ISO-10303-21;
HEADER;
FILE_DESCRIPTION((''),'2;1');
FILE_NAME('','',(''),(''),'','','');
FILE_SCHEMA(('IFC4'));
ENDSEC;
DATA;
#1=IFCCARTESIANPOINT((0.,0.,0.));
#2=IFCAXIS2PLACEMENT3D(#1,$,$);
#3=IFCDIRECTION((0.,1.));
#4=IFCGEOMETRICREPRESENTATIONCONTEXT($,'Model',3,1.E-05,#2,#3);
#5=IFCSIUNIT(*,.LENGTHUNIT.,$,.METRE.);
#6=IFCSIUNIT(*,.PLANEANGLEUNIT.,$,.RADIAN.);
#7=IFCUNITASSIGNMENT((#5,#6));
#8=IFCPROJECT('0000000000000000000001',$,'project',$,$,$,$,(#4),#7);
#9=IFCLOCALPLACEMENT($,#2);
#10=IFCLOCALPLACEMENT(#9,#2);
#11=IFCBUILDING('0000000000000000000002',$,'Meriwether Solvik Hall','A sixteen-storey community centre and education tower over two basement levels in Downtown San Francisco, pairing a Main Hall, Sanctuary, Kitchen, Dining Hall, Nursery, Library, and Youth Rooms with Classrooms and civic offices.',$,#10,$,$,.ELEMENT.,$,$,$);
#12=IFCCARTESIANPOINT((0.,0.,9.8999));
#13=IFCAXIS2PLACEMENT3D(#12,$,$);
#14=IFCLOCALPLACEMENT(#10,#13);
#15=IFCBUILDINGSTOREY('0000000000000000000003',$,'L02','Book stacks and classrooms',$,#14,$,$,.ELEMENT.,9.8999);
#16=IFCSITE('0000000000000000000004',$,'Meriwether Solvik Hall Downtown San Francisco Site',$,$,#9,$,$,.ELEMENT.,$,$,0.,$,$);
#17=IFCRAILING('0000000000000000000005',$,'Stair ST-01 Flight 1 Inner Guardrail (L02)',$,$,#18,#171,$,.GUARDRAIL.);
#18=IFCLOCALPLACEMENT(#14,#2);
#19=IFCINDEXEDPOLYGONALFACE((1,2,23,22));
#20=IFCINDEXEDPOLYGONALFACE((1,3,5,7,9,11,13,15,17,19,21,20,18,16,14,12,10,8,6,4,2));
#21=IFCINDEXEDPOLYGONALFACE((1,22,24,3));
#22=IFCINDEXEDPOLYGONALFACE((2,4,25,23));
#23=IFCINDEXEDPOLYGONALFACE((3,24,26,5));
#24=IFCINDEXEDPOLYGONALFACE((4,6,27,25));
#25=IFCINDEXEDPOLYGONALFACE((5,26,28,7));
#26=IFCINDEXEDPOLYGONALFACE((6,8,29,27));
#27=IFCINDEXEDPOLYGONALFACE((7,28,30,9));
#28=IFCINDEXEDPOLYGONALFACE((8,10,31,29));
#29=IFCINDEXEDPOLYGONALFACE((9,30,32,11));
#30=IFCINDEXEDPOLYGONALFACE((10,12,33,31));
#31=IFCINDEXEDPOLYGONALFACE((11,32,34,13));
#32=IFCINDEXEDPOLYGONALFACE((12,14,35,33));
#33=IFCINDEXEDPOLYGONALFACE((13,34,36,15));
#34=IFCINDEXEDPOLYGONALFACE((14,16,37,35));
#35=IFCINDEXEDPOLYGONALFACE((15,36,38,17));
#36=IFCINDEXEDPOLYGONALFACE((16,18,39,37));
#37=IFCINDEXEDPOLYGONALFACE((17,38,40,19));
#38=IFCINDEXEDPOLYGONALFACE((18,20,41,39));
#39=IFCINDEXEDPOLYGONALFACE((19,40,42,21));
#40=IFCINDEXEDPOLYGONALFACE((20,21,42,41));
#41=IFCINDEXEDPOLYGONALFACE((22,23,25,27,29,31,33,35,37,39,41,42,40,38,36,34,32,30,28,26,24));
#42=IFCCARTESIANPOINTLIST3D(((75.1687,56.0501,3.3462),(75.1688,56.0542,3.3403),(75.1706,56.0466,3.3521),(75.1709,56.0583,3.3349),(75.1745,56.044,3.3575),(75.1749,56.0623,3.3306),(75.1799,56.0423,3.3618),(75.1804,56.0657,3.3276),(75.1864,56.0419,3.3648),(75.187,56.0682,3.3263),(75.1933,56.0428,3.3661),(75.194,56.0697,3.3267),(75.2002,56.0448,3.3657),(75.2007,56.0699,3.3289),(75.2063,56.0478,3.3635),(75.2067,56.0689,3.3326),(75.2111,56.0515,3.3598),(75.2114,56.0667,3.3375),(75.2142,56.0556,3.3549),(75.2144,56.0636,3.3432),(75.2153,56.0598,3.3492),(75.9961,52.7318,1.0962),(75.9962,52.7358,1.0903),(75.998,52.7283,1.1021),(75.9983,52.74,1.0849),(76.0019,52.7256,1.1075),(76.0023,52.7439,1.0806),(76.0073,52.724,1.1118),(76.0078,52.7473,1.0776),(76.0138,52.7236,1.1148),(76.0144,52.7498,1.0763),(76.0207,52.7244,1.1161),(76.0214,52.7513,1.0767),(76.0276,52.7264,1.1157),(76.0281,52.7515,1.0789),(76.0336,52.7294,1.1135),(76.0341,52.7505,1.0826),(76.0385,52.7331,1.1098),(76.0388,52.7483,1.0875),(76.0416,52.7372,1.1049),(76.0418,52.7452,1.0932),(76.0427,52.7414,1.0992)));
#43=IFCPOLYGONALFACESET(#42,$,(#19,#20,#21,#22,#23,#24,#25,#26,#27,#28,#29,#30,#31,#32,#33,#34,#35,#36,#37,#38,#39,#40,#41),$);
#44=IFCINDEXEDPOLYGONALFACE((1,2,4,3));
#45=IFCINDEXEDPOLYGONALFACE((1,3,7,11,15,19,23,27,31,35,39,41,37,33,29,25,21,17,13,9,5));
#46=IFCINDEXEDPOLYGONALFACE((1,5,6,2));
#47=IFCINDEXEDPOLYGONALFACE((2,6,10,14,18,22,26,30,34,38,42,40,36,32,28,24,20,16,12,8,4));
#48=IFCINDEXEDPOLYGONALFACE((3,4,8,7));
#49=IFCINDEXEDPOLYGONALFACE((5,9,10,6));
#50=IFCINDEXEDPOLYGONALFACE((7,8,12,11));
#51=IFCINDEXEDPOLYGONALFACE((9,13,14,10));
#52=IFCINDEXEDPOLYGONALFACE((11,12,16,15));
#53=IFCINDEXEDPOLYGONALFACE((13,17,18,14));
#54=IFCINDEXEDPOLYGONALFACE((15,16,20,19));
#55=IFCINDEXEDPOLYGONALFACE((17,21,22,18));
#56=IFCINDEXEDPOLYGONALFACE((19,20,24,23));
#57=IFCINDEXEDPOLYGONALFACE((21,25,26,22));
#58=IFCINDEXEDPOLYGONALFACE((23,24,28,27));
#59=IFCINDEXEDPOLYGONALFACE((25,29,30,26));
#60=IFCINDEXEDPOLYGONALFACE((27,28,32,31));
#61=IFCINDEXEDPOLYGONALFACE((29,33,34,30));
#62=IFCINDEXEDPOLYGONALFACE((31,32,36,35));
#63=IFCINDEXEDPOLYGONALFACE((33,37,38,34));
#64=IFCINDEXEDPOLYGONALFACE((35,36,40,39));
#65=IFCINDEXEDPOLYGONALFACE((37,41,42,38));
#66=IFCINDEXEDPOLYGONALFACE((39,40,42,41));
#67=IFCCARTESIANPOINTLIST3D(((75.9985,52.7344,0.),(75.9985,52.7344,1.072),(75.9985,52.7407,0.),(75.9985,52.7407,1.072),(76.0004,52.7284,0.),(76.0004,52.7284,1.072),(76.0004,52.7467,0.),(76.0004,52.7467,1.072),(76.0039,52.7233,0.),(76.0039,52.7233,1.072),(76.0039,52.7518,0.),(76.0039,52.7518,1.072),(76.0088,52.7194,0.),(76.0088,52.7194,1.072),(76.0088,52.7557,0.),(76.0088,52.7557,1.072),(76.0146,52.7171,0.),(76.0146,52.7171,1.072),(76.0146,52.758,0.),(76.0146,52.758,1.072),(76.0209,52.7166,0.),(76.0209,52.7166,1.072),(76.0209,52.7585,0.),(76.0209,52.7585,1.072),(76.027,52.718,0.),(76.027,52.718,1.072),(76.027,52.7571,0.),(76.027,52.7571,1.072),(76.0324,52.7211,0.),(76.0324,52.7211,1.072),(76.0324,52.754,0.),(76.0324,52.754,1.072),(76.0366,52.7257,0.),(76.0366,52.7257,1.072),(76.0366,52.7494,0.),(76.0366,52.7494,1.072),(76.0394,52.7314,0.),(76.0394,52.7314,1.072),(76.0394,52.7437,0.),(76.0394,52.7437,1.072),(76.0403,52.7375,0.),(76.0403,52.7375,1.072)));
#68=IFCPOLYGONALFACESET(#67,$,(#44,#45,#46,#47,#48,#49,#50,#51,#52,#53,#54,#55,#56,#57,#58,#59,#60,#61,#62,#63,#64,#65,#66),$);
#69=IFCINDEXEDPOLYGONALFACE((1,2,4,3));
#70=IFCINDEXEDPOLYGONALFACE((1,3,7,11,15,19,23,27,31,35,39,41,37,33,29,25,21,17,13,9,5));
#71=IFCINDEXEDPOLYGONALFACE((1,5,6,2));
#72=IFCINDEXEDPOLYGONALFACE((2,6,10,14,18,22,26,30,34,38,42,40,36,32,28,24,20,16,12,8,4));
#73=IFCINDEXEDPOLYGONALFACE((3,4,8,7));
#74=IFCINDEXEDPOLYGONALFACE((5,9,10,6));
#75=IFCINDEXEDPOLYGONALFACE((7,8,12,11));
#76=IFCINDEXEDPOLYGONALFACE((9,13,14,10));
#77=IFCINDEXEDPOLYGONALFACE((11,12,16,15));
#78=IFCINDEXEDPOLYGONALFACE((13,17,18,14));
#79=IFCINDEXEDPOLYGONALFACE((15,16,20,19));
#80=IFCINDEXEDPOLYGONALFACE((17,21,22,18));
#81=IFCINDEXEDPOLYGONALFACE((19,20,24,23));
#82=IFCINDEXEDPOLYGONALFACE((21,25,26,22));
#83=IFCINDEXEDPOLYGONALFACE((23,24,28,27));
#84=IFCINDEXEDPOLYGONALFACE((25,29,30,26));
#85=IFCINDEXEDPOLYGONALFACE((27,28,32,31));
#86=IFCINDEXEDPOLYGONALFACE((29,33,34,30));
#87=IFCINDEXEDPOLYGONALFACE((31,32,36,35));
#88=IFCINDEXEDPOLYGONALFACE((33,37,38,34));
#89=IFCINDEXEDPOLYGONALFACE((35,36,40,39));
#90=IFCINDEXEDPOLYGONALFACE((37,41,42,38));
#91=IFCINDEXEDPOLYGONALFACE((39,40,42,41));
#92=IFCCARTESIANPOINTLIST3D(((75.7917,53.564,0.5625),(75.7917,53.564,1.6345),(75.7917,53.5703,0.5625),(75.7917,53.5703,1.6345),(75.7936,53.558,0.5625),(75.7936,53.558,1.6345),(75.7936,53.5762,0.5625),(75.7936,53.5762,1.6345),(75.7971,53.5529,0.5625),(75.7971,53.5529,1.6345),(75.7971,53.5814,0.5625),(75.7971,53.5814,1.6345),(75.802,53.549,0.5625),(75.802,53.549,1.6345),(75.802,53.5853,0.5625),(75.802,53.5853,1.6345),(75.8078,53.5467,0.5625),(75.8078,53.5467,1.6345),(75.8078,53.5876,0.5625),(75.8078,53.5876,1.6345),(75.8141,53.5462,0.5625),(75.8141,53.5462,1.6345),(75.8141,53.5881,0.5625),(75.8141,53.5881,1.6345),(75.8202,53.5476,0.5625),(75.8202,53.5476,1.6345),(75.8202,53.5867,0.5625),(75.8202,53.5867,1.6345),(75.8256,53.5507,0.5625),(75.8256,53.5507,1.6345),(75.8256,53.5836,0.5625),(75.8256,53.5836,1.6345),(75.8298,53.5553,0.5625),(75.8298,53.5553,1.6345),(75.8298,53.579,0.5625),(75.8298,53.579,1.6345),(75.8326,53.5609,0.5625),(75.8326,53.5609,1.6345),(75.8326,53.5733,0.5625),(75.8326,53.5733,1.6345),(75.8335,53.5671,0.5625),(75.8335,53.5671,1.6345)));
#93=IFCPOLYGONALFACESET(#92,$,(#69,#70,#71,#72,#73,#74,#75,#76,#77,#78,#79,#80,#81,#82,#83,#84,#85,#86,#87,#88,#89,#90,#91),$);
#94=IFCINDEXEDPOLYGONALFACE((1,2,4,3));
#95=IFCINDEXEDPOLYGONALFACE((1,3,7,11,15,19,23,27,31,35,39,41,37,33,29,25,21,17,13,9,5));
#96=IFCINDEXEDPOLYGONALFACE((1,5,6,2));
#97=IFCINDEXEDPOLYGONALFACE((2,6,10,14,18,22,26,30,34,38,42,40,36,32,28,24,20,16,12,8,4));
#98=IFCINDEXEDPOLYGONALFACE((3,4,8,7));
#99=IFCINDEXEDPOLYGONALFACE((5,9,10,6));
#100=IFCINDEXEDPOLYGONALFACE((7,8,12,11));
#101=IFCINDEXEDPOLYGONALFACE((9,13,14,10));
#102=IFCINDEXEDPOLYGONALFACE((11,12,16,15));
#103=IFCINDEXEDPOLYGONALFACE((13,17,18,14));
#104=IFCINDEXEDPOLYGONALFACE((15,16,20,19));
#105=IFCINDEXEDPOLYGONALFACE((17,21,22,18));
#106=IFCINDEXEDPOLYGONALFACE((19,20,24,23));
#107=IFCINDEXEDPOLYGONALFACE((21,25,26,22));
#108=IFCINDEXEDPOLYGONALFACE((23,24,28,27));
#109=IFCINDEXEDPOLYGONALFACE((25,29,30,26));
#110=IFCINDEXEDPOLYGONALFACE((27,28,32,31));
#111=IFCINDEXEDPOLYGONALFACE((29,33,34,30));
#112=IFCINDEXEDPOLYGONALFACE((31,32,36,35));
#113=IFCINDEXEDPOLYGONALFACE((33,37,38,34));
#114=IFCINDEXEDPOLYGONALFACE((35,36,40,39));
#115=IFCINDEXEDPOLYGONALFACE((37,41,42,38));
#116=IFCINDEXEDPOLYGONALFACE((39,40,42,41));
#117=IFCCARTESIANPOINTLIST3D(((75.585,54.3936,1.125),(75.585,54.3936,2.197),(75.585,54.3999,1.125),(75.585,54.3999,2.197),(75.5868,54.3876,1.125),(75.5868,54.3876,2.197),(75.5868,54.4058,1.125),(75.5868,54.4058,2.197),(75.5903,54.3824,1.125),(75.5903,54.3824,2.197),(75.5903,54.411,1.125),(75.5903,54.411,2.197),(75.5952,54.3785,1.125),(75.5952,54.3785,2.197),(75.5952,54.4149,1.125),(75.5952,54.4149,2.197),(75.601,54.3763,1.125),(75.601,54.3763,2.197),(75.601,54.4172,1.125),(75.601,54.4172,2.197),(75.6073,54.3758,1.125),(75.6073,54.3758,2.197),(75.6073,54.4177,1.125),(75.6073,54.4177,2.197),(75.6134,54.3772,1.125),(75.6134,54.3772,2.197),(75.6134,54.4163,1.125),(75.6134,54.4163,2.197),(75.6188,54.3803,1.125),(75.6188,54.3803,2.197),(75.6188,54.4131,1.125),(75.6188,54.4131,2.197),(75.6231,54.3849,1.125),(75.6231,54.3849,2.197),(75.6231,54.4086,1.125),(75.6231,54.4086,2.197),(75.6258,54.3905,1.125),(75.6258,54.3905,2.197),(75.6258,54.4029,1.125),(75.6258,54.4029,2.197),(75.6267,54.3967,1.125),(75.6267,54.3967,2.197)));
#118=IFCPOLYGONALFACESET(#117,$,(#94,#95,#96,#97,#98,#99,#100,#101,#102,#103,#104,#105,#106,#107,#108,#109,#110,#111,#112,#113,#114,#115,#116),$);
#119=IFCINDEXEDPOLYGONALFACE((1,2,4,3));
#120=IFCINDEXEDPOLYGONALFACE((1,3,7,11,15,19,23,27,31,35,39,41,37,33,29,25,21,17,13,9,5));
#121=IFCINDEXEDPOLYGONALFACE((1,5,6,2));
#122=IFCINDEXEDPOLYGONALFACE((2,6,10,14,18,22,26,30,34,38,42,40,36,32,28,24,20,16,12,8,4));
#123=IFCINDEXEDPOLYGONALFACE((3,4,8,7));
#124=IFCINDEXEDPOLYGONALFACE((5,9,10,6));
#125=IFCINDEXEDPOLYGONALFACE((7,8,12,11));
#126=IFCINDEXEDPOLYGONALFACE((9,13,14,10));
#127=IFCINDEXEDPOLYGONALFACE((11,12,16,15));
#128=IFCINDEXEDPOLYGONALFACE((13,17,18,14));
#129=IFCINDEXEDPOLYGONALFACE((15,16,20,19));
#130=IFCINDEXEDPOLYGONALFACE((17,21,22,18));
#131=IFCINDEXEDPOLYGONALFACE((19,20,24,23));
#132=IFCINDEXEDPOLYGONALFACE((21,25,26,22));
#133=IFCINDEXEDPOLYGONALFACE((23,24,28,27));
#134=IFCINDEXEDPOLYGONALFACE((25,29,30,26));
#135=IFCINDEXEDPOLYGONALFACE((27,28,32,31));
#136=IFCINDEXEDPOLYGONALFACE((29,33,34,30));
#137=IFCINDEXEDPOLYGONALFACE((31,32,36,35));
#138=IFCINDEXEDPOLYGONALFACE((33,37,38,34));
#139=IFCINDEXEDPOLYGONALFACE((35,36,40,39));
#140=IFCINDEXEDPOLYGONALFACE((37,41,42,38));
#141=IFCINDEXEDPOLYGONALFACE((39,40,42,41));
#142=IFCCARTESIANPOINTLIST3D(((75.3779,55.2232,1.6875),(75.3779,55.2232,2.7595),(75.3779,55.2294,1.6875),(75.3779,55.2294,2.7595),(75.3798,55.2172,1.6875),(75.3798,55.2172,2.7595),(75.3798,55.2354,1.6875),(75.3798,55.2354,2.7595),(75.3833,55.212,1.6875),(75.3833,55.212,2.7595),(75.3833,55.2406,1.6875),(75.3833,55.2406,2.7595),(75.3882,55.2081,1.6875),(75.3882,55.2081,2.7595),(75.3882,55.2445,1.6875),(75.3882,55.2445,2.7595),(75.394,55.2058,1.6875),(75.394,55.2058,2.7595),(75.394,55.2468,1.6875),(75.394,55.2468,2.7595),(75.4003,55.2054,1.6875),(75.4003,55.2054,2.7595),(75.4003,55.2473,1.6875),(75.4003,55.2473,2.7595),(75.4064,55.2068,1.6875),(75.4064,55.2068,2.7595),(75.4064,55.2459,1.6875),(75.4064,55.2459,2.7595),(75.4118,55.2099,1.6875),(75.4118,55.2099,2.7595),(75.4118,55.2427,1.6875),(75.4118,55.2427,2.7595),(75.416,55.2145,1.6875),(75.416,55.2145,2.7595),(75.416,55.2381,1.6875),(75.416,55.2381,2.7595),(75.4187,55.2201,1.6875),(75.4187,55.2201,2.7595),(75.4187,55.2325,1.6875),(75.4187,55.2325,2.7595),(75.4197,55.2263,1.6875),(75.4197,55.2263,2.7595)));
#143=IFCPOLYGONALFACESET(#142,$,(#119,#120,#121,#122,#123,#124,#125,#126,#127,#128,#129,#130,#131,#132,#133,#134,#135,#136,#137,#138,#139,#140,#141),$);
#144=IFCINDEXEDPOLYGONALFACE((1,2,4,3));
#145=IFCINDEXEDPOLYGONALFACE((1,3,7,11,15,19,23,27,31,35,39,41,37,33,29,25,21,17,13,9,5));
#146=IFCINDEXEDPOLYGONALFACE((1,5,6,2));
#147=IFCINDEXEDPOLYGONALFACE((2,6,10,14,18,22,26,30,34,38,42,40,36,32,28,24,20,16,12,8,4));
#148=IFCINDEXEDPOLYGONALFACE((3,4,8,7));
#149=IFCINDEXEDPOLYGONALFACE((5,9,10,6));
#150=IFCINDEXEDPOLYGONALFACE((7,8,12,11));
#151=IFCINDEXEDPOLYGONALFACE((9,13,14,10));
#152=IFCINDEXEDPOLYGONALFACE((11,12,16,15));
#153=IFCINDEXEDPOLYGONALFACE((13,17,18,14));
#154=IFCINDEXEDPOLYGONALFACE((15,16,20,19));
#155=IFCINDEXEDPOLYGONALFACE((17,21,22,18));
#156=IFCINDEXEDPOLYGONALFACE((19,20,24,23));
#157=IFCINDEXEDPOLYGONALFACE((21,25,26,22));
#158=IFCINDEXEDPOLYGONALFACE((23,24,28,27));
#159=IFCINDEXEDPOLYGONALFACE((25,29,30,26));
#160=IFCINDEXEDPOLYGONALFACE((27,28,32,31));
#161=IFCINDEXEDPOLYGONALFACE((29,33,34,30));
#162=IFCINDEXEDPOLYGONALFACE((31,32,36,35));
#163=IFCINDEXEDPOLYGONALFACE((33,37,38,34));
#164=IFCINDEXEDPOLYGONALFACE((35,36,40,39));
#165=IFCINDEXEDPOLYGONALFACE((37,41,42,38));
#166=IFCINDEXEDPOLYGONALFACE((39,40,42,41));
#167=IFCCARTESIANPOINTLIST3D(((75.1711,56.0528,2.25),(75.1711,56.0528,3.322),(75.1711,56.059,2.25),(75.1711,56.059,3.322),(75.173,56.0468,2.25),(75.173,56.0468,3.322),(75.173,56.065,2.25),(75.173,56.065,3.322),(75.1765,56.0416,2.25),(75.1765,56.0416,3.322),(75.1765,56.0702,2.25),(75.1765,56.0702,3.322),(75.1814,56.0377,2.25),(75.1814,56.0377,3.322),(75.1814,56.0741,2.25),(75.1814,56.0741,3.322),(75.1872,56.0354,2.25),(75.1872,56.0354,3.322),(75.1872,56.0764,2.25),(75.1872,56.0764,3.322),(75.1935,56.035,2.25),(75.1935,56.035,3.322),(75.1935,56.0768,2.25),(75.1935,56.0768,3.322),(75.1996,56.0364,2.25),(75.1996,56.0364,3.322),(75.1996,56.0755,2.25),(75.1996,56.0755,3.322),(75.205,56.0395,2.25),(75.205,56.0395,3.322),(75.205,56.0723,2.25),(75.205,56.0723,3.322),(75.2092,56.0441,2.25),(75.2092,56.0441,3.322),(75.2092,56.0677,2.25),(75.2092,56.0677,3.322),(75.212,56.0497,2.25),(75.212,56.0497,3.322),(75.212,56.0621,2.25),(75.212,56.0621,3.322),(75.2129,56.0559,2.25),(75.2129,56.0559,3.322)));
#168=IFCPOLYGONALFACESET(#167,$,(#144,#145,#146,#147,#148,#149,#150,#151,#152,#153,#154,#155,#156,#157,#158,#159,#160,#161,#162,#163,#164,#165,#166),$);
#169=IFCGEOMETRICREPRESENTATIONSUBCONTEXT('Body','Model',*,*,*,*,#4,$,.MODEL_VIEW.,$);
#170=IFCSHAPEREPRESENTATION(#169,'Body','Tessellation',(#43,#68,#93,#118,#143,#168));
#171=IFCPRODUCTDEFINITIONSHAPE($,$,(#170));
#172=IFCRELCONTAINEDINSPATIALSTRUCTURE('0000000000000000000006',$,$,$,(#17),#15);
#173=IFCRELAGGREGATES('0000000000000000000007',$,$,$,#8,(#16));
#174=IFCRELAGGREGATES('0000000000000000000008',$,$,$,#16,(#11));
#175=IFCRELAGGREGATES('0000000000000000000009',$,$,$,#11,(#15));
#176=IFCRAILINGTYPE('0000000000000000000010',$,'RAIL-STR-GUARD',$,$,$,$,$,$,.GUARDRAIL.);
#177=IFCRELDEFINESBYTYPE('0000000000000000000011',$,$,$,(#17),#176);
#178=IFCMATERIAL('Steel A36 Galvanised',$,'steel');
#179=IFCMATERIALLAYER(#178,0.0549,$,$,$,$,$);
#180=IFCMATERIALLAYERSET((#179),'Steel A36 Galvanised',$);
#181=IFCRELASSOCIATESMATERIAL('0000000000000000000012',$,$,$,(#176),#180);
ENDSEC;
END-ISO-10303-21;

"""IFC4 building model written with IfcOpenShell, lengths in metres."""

from ifc_helpers import new_model, si_unit, direction, frame, origin, origin_2d, place, context, subcontext, project, spatial, circle, extrude, material, layer, layer_set, type_object, element, save


model = new_model("IFC4")

# Units and contexts
model_context = context("Model", 3, precision=1e-05, world=origin(), true_north=direction((0.0, 1.0)))
body_context = subcontext(model_context, "Body", "Model", "MODEL_VIEW")
ifc_project = project(units=[si_unit("LENGTHUNIT", "METRE"), si_unit("PLANEANGLEUNIT", "RADIAN")], contexts=[model_context])

# Site, building, storey
site_placement = place(None, origin())
site = spatial("IfcSite", under=ifc_project, at=site_placement, Name="Meriwether Solvik Hall Downtown San Francisco Site", CompositionType="ELEMENT", RefElevation=0.0)
building_placement = place(site_placement, origin())
building = spatial("IfcBuilding", under=site, at=building_placement, Name="Meriwether Solvik Hall", Description="A sixteen-storey community centre and education tower over two basement levels in Downtown San Francisco, pairing a Main Hall, Sanctuary, Kitchen, Dining Hall, Nursery, Library, and Youth Rooms with Classrooms and civic offices.", CompositionType="ELEMENT")
storey_placement = place(building_placement, frame((0.0, 0.0, 9.8999)))
storey = spatial("IfcBuildingStorey", under=building, at=storey_placement, Name="L02", Description="Book stacks and classrooms", CompositionType="ELEMENT", Elevation=9.8999)

# Railing
ifc_material_1 = material(Name="Steel A36 Galvanised", Category="steel")
ifc_layer_1 = layer(ifc_material_1, 0.0549)
ifc_layer_set_1 = layer_set([ifc_layer_1], Name="Steel A36 Galvanised")
railing_type_1 = type_object("IfcRailingType", Name="RAIL-STR-GUARD", PredefinedType="GUARDRAIL", material=ifc_layer_set_1)
railing_1_placement = place(storey_placement, frame((76.0193, 52.7375, 0.0)))
element("IfcRailing", 1, at=railing_1_placement, inside=storey, type_object=railing_type_1, Name="Stair ST-01 Flight 1 Inner Guardrail (L02)", PredefinedType="GUARDRAIL", context=body_context, shape_type="SweptSolid", body=[
    extrude(circle(Radius=0.0239, at=origin_2d()), frame((0.0, 0.0, 1.0962), z_axis=(-0.202112, 0.810596, 0.549622), x_axis=(-0.970293, -0.241931, 0.0)), (0.0, 0.0, 1.0), 4.0938),
    extrude(circle(Radius=0.021, at=origin_2d()), origin(), (0.0, 0.0, 1.0), 1.072),
    extrude(circle(Radius=0.021, at=origin_2d()), frame((-0.2068, 0.8296, 0.5625)), (0.0, 0.0, 1.0), 1.072),
    extrude(circle(Radius=0.021, at=origin_2d()), frame((-0.4136, 1.6592, 1.125)), (0.0, 0.0, 1.0), 1.072),
    extrude(circle(Radius=0.021, at=origin_2d()), frame((-0.6206, 2.4888, 1.6875)), (0.0, 0.0, 1.0), 1.072),
    extrude(circle(Radius=0.021, at=origin_2d()), frame((-0.8274, 3.3184, 2.25)), (0.0, 0.0, 1.0), 1.072),
])

save(model, "model.ifc")
